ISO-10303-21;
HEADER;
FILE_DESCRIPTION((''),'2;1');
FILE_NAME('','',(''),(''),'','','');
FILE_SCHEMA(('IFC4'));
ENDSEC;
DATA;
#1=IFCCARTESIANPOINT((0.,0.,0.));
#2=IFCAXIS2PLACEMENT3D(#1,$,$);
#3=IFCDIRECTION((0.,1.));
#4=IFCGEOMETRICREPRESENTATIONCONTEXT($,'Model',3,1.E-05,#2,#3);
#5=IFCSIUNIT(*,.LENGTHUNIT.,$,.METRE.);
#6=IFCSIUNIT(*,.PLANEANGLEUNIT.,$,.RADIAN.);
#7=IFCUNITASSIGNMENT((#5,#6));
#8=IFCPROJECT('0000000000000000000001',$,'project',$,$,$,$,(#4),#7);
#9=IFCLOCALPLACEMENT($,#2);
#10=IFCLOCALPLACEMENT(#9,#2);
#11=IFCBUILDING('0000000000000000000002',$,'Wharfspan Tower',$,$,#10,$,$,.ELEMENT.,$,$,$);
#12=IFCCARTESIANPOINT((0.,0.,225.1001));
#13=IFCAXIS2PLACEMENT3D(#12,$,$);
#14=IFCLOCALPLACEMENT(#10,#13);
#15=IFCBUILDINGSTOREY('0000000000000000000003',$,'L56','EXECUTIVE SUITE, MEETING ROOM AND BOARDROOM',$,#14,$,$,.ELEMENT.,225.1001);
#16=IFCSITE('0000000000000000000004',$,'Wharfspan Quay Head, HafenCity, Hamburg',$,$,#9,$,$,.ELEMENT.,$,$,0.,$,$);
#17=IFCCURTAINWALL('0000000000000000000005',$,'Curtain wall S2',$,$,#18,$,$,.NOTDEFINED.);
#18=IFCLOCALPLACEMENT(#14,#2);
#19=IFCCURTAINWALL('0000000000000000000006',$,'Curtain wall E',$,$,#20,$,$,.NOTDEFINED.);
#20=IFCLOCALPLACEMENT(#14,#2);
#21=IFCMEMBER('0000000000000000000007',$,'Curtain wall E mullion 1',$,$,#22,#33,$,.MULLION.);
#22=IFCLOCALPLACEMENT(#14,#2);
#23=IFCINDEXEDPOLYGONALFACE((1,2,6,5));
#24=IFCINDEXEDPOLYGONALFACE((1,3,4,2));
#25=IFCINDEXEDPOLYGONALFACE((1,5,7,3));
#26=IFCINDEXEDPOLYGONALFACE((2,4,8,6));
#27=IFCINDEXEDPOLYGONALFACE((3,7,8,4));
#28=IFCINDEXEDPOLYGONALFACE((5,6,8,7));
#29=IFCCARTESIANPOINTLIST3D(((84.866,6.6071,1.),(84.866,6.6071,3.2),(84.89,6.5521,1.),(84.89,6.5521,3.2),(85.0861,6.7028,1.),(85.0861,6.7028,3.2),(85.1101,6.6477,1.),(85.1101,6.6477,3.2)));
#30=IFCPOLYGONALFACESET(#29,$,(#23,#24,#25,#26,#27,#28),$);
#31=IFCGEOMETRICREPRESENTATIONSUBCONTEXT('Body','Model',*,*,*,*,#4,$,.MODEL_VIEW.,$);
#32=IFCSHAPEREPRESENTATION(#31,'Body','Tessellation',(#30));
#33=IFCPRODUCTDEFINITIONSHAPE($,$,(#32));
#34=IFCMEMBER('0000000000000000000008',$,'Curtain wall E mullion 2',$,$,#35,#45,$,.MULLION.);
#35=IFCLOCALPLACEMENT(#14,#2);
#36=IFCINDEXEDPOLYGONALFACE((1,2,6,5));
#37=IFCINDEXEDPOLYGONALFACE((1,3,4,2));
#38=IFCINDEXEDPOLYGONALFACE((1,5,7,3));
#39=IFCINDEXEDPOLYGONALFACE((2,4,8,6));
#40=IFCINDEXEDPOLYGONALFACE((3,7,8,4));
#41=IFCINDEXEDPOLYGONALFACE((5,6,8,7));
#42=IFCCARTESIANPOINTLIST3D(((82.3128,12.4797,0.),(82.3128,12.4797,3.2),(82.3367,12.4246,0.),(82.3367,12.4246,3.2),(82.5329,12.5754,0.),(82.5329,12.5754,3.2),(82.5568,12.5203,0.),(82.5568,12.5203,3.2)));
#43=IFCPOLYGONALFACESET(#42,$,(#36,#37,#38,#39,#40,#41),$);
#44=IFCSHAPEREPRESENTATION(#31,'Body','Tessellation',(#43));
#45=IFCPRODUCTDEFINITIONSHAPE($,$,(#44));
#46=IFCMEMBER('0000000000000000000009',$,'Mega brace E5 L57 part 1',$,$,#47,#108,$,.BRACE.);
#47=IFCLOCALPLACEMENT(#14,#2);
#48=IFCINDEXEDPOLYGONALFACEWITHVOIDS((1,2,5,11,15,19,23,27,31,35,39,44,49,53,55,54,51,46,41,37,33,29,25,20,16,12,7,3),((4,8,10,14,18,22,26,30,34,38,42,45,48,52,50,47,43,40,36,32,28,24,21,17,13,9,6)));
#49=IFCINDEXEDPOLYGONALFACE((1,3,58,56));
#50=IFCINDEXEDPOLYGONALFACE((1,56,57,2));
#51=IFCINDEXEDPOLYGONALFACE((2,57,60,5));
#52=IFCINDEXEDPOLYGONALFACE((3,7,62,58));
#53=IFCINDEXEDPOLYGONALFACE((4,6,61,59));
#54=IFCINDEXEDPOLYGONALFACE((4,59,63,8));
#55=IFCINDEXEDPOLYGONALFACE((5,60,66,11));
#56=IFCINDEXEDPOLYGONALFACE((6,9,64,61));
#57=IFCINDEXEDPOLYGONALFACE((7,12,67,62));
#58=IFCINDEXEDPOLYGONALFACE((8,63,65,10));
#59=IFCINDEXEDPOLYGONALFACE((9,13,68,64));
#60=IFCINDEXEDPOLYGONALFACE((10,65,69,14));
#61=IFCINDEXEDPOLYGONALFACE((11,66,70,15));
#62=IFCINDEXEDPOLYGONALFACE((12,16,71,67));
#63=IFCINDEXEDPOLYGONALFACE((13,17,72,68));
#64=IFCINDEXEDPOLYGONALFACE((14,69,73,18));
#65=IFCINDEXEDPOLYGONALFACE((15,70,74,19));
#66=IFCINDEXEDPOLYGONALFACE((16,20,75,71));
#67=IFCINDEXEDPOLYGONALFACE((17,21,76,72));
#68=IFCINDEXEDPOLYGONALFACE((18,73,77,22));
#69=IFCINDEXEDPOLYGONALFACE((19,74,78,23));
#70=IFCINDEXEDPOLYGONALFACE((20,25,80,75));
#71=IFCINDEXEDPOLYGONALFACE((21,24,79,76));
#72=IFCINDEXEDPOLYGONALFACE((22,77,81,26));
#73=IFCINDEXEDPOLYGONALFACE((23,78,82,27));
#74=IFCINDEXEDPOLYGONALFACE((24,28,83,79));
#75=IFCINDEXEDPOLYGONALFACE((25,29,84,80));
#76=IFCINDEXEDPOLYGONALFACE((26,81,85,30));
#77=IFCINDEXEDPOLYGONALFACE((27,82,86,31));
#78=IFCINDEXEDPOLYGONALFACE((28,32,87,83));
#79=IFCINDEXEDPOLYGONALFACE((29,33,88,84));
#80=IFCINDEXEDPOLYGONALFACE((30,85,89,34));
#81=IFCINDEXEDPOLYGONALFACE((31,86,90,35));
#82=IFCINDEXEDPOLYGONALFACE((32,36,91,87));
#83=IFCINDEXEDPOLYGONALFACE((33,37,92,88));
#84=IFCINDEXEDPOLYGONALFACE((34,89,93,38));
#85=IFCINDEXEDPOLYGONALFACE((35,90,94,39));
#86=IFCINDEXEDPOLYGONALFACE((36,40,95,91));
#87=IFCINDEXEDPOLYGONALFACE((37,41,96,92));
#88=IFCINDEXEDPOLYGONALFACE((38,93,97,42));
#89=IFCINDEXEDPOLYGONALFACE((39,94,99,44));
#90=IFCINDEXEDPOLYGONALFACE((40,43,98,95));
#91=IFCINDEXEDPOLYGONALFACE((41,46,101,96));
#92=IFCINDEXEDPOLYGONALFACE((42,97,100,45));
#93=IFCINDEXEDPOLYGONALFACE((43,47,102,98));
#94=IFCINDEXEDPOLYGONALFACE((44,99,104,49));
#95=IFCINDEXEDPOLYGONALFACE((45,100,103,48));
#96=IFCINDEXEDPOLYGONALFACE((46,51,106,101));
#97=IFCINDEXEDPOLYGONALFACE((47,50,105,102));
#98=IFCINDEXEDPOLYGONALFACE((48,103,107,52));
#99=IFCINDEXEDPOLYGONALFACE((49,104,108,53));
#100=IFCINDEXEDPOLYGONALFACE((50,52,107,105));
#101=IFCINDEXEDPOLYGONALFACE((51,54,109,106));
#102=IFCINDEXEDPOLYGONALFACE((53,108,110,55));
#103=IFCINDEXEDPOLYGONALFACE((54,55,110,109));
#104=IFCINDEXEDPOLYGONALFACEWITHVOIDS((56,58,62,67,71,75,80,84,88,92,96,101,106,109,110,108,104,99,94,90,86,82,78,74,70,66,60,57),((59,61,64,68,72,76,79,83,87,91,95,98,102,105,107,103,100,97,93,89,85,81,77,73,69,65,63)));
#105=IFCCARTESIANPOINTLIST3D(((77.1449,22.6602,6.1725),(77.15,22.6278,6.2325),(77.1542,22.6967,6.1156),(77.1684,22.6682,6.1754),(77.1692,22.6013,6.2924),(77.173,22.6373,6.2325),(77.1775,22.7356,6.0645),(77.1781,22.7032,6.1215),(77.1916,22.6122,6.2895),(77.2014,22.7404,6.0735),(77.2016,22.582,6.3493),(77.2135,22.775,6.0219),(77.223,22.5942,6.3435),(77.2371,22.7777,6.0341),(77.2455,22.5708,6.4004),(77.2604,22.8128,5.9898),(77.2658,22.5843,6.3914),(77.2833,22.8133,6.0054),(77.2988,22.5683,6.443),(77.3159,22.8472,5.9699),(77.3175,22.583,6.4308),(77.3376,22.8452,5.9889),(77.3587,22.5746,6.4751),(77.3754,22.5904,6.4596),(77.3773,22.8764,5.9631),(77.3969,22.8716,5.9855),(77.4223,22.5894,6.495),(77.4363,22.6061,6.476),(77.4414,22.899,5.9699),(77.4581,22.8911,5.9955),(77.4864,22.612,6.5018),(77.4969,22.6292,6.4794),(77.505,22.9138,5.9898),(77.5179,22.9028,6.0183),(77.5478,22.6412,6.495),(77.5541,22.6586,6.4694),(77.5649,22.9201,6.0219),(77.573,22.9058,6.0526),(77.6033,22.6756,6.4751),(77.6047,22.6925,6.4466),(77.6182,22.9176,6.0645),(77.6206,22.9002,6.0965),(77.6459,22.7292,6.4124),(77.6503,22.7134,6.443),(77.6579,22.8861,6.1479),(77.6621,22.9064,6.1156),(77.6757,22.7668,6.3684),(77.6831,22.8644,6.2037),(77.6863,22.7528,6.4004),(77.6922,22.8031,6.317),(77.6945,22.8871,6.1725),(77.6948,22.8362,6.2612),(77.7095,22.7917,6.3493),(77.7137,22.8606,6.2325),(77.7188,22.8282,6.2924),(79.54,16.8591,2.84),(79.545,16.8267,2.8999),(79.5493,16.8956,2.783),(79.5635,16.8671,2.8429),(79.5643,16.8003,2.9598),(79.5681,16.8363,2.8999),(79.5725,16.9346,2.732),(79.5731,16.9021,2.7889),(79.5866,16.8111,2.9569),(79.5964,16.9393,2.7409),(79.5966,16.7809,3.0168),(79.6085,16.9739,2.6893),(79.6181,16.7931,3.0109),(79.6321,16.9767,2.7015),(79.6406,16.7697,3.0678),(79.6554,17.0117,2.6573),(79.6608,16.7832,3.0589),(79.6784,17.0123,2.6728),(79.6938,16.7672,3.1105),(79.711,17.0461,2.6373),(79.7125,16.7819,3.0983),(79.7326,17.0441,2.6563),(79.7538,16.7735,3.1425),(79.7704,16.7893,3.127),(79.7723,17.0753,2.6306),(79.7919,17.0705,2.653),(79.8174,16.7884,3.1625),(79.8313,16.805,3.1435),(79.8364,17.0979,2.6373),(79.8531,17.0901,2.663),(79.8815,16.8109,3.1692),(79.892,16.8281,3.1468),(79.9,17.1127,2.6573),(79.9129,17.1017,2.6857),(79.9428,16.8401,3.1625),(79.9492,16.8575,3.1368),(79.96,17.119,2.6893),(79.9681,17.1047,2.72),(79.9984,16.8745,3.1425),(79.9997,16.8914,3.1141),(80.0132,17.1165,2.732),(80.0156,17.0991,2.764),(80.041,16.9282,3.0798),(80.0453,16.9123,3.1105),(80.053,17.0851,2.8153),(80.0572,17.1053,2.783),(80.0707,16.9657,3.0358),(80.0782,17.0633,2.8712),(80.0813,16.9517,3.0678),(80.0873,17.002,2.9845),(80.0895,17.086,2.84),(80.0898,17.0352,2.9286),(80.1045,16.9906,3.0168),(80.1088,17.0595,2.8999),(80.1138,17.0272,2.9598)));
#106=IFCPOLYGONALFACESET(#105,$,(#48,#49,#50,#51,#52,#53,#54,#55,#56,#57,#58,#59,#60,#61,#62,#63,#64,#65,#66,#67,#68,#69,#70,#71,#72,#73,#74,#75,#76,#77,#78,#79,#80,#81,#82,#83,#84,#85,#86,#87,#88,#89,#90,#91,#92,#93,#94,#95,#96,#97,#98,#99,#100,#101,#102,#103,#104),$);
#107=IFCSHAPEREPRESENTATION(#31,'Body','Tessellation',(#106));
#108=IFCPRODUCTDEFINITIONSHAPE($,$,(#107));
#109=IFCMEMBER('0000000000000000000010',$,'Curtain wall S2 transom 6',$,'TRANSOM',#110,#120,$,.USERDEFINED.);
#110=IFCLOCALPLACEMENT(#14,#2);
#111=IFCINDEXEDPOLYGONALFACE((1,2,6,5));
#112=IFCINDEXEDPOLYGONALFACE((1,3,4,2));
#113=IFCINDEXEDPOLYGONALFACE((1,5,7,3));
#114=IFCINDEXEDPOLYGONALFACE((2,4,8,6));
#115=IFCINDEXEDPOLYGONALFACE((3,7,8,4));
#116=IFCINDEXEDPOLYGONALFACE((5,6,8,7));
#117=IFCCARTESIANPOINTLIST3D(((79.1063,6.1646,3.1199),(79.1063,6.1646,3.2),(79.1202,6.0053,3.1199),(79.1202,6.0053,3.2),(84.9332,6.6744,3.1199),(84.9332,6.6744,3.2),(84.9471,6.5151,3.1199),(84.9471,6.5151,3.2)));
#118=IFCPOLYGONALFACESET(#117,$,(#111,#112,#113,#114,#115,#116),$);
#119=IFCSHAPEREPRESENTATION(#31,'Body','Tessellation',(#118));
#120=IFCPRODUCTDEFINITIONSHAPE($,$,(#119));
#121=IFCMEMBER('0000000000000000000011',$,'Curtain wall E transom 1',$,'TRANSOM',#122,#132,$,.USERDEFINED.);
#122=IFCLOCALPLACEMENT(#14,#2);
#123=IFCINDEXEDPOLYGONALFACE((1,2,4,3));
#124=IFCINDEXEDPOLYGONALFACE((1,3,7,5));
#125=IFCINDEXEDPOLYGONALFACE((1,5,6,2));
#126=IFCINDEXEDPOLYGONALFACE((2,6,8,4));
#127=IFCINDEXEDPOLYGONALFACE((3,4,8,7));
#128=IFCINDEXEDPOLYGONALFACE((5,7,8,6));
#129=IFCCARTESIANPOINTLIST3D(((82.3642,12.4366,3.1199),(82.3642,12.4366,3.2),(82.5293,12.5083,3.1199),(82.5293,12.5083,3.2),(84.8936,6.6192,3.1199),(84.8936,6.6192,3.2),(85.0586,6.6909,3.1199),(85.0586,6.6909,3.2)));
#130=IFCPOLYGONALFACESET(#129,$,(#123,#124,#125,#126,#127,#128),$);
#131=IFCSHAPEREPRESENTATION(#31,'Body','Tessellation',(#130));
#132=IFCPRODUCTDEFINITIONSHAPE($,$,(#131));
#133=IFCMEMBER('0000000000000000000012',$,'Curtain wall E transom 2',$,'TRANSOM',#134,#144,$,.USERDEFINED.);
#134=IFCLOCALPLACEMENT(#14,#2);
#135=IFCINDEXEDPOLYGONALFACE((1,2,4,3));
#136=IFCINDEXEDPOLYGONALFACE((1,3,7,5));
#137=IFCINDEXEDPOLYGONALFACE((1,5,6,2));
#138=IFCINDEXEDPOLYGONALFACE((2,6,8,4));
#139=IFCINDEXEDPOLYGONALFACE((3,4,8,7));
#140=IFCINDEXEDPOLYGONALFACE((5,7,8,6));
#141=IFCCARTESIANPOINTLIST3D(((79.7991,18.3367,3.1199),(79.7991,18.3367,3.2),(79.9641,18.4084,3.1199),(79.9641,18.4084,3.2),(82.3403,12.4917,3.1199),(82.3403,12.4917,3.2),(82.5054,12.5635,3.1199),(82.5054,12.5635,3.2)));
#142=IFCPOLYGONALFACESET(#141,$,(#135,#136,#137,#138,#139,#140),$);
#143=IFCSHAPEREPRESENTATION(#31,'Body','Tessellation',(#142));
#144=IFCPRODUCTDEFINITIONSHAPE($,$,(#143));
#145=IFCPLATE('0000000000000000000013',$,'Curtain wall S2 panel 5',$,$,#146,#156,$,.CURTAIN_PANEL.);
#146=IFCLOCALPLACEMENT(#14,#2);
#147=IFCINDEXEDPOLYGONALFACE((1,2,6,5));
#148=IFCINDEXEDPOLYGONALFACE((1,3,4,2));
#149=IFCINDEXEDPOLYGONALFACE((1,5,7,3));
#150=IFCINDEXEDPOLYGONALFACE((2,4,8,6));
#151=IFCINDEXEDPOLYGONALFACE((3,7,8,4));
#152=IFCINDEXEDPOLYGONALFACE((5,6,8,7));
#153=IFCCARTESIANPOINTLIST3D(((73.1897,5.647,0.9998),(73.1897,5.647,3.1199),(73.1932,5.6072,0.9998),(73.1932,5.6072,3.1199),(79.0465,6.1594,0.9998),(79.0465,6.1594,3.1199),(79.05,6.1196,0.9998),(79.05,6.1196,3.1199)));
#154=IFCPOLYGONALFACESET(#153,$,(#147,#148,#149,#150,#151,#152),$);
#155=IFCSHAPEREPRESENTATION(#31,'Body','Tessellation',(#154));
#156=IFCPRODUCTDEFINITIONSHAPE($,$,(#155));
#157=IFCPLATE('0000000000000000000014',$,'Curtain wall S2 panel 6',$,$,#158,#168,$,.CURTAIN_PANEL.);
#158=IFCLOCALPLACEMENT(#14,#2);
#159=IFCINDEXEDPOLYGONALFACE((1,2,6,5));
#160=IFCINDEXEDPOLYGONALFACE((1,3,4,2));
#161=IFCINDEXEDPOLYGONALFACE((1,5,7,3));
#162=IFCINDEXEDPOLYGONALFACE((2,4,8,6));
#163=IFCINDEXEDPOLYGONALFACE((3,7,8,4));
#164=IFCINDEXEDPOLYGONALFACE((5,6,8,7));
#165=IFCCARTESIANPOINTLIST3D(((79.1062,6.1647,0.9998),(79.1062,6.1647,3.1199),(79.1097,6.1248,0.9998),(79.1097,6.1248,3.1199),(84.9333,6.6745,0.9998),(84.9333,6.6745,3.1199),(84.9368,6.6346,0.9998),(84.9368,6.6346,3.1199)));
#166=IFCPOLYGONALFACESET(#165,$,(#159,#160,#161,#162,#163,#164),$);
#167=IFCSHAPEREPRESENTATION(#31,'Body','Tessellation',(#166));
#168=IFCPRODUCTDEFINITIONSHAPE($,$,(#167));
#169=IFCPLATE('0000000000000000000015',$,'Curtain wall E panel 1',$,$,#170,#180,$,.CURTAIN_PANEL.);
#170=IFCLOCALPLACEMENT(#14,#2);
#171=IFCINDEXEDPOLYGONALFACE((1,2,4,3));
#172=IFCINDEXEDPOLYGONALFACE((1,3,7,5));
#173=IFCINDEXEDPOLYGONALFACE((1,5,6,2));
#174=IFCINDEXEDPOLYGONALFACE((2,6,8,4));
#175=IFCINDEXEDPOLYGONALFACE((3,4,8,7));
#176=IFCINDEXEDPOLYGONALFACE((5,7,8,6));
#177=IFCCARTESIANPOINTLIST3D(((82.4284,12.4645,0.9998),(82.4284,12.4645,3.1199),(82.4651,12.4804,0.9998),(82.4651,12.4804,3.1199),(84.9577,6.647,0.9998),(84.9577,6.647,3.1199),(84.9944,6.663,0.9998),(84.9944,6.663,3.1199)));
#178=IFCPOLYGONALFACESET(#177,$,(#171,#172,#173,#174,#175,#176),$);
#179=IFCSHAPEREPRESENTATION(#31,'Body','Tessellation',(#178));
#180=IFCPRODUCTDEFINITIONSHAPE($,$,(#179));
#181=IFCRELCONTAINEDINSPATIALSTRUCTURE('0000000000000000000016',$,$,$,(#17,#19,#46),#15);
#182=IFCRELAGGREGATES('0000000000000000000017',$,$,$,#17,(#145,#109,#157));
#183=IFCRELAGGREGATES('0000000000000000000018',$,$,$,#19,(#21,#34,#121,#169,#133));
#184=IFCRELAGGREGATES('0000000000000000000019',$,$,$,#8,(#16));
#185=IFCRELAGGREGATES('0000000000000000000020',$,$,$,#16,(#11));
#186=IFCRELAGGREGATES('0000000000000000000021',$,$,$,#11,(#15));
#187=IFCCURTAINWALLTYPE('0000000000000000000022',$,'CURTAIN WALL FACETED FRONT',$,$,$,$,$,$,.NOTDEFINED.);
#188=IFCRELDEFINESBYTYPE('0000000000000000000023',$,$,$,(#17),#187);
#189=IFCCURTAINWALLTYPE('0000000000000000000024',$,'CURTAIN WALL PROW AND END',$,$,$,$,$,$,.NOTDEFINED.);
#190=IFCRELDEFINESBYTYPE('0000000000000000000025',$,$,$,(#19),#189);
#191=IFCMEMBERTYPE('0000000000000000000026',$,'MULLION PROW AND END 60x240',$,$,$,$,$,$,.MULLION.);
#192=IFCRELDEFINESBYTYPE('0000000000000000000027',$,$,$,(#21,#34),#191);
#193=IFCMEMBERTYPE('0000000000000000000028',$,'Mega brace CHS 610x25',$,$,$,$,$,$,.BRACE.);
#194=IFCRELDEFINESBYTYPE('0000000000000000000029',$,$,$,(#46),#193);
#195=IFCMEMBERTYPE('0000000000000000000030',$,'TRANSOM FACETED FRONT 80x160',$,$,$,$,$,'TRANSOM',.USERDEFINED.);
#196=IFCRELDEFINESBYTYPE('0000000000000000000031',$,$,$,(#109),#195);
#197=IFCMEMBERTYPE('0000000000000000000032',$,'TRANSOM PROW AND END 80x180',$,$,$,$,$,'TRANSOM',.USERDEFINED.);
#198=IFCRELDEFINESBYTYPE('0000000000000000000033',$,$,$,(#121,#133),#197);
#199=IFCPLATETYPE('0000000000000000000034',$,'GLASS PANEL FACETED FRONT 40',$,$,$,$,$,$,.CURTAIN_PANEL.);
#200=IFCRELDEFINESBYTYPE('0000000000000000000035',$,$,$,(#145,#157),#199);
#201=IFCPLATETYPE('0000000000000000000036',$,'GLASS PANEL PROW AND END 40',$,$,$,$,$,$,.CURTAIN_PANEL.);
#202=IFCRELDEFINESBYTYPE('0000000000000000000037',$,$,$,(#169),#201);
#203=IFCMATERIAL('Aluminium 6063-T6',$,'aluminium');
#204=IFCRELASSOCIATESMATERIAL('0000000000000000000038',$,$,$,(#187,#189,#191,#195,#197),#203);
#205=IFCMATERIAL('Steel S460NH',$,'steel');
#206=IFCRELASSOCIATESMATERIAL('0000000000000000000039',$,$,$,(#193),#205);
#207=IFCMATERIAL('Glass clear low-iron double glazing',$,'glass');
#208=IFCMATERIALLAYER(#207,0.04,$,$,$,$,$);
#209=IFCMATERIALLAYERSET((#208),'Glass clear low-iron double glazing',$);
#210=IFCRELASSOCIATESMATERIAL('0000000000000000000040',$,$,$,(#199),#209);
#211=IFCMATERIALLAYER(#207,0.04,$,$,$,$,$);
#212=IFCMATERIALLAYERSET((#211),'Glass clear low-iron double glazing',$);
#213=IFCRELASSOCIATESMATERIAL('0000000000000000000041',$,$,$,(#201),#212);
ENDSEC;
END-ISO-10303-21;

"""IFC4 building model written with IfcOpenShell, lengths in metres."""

from ifc_helpers import new_model, si_unit, direction, frame, origin, origin_2d, place, context, subcontext, project, spatial, rectangle, hollow_circle, extrude, material, layer, layer_set, material_profile, profile_set, type_object, element, aggregate, save


model = new_model("IFC4")

# Units and contexts
model_context = context("Model", 3, precision=1e-05, world=origin(), true_north=direction((0.0, 1.0)))
body_context = subcontext(model_context, "Body", "Model", "MODEL_VIEW")
ifc_project = project(units=[si_unit("LENGTHUNIT", "METRE"), si_unit("PLANEANGLEUNIT", "RADIAN")], contexts=[model_context])

# Site, building, storey
site_placement = place(None, origin())
site = spatial("IfcSite", under=ifc_project, at=site_placement, Name="Wharfspan Quay Head, HafenCity, Hamburg", CompositionType="ELEMENT", RefElevation=0.0)
building_placement = place(site_placement, origin())
building = spatial("IfcBuilding", under=site, at=building_placement, Name="Wharfspan Tower", CompositionType="ELEMENT")
storey_placement = place(building_placement, frame((0.0, 0.0, 225.1001)))
storey = spatial("IfcBuildingStorey", under=building, at=storey_placement, Name="L56", Description="EXECUTIVE SUITE, MEETING ROOM AND BOARDROOM", CompositionType="ELEMENT", Elevation=225.1001)

# Curtain walls, members
ifc_material_1 = material(Name="Aluminium 6063-T6", Category="aluminium")
curtain_wall_type_1 = type_object("IfcCurtainWallType", Name="CURTAIN WALL FACETED FRONT", PredefinedType="NOTDEFINED", material=ifc_material_1)
curtain_wall_1_placement = place(storey_placement, origin())
curtain_wall_1 = element("IfcCurtainWall", 1, at=curtain_wall_1_placement, inside=storey, type_object=curtain_wall_type_1, Name="Curtain wall S2", PredefinedType="NOTDEFINED")
curtain_wall_type_2 = type_object("IfcCurtainWallType", Name="CURTAIN WALL PROW AND END", PredefinedType="NOTDEFINED", material=ifc_material_1)
curtain_wall_2_placement = place(storey_placement, origin())
curtain_wall_2 = element("IfcCurtainWall", 2, at=curtain_wall_2_placement, inside=storey, type_object=curtain_wall_type_2, Name="Curtain wall E", PredefinedType="NOTDEFINED")
ifc_material_profile_1 = material_profile(ifc_material_1, rectangle(XDim=0.24, YDim=0.0601, at=origin_2d()))
ifc_profile_set_1 = profile_set([ifc_material_profile_1], Name="Aluminium 6063-T6")
member_type_1 = type_object("IfcMemberType", Name="MULLION PROW AND END 60x240", PredefinedType="MULLION", material=ifc_profile_set_1)
member_1_placement = place(storey_placement, frame((84.988, 6.6274, 1.0), z_axis=(0.0, 0.0, 1.0), x_axis=(-0.917072, -0.398727, 0.0)))
member_1 = element("IfcMember", 3, at=member_1_placement, type_object=member_type_1, Name="Curtain wall E mullion 1", PredefinedType="MULLION", context=body_context, shape_type="SweptSolid", body=[
    extrude(rectangle(XDim=0.24, YDim=0.0601, at=origin_2d()), origin(), (0.0, 0.0, 1.0), 2.2),
])
member_2_placement = place(storey_placement, frame((82.4348, 12.5, 0.0), z_axis=(0.0, 0.0, 1.0), x_axis=(-0.917072, -0.398727, 0.0)))
member_2 = element("IfcMember", 4, at=member_2_placement, type_object=member_type_1, Name="Curtain wall E mullion 2", PredefinedType="MULLION", context=body_context, shape_type="SweptSolid", body=[
    extrude(rectangle(XDim=0.24, YDim=0.0601, at=origin_2d()), origin(), (0.0, 0.0, 1.0), 3.2),
])

# Members
ifc_material_2 = material(Name="Steel S460NH", Category="steel")
ifc_material_profile_2 = material_profile(ifc_material_2, hollow_circle(Radius=0.3049, WallThickness=0.0249, at=origin_2d()))
ifc_profile_set_2 = profile_set([ifc_material_profile_2], Name="Steel S460NH")
member_type_2 = type_object("IfcMemberType", Name="Mega brace CHS 610x25", PredefinedType="BRACE", material=ifc_profile_set_2)
member_3_placement = place(storey_placement, frame((79.8269, 16.9431, 2.8999), z_axis=(-0.337047, 0.816368, 0.46898), x_axis=(-0.924317, -0.381615, 0.0)))
element("IfcMember", 5, at=member_3_placement, inside=storey, type_object=member_type_2, Name="Mega brace E5 L57 part 1", PredefinedType="BRACE", context=body_context, shape_type="SweptSolid", body=[
    extrude(hollow_circle(Radius=0.3049, WallThickness=0.0249, at=origin_2d()), origin(), (0.0, 0.0, 1.0), 7.106),
])
ifc_material_profile_3 = material_profile(ifc_material_1, rectangle(XDim=0.1599, YDim=0.0801, at=origin_2d()))
ifc_profile_set_3 = profile_set([ifc_material_profile_3], Name="Aluminium 6063-T6")
member_type_3 = type_object("IfcMemberType", Name="TRANSOM FACETED FRONT 80x160", ElementType="TRANSOM", PredefinedType="USERDEFINED", material=ifc_profile_set_3)
member_4_placement = place(storey_placement, frame((79.1133, 6.085, 3.1599), z_axis=(0.996195, 0.087152, 0.0), x_axis=(-0.087152, 0.996195, 0.0)))
member_4 = element("IfcMember", 6, at=member_4_placement, type_object=member_type_3, Name="Curtain wall S2 transom 6", ObjectType="TRANSOM", PredefinedType="USERDEFINED", context=body_context, shape_type="SweptSolid", body=[
    extrude(rectangle(XDim=0.1599, YDim=0.0801, at=origin_2d()), origin(), (0.0, 0.0, 1.0), 5.8491),
])
ifc_material_profile_4 = material_profile(ifc_material_1, rectangle(XDim=0.1799, YDim=0.0801, at=origin_2d()))
ifc_profile_set_4 = profile_set([ifc_material_profile_4], Name="Aluminium 6063-T6")
member_type_4 = type_object("IfcMemberType", Name="TRANSOM PROW AND END 80x180", ElementType="TRANSOM", PredefinedType="USERDEFINED", material=ifc_profile_set_4)
member_5_placement = place(storey_placement, frame((84.9761, 6.655, 3.1599), z_axis=(-0.398726, 0.91707, 0.0), x_axis=(-0.91707, -0.398726, 0.0)))
member_5 = element("IfcMember", 7, at=member_5_placement, type_object=member_type_4, Name="Curtain wall E transom 1", ObjectType="TRANSOM", PredefinedType="USERDEFINED", context=body_context, shape_type="SweptSolid", body=[
    extrude(rectangle(XDim=0.1799, YDim=0.0801, at=origin_2d()), origin(), (0.0, 0.0, 1.0), 6.3435),
])
member_6_placement = place(storey_placement, frame((82.4229, 12.5276, 3.1599), z_axis=(-0.398722, 0.917072, 0.0), x_axis=(-0.917072, -0.398722, 0.0)))
member_6 = element("IfcMember", 8, at=member_6_placement, type_object=member_type_4, Name="Curtain wall E transom 2", ObjectType="TRANSOM", PredefinedType="USERDEFINED", context=body_context, shape_type="SweptSolid", body=[
    extrude(rectangle(XDim=0.1799, YDim=0.0801, at=origin_2d()), origin(), (0.0, 0.0, 1.0), 6.3735),
])

# Plates
ifc_material_3 = material(Name="Glass clear low-iron double glazing", Category="glass")
ifc_layer_1 = layer(ifc_material_3, 0.04)
ifc_layer_set_1 = layer_set([ifc_layer_1], Name="Glass clear low-iron double glazing")
plate_type_1 = type_object("IfcPlateType", Name="GLASS PANEL FACETED FRONT 40", PredefinedType="CURTAIN_PANEL", material=ifc_layer_set_1)
plate_1_placement = place(storey_placement, frame((76.1199, 5.8833, 0.9998), z_axis=(0.0, 0.0, 1.0), x_axis=(0.996197, 0.087156, 0.0)))
plate_1 = element("IfcPlate", 9, at=plate_1_placement, type_object=plate_type_1, Name="Curtain wall S2 panel 5", PredefinedType="CURTAIN_PANEL", context=body_context, shape_type="SweptSolid", body=[
    extrude(rectangle(XDim=5.8792, YDim=0.04, at=origin_2d()), origin(), (0.0, 0.0, 1.0), 2.1201),
])
plate_2_placement = place(storey_placement, frame((82.0215, 6.3997, 0.9998), z_axis=(0.0, 0.0, 1.0), x_axis=(0.996197, 0.087156, 0.0)))
plate_2 = element("IfcPlate", 10, at=plate_2_placement, type_object=plate_type_1, Name="Curtain wall S2 panel 6", PredefinedType="CURTAIN_PANEL", context=body_context, shape_type="SweptSolid", body=[
    extrude(rectangle(XDim=5.8494, YDim=0.04, at=origin_2d()), origin(), (0.0, 0.0, 1.0), 2.1201),
])
aggregate(curtain_wall_1, [plate_1, member_4, plate_2])
ifc_layer_2 = layer(ifc_material_3, 0.04)
ifc_layer_set_2 = layer_set([ifc_layer_2], Name="Glass clear low-iron double glazing")
plate_type_2 = type_object("IfcPlateType", Name="GLASS PANEL PROW AND END 40", PredefinedType="CURTAIN_PANEL", material=ifc_layer_set_2)
plate_3_placement = place(storey_placement, frame((83.7114, 9.5637, 0.9998), z_axis=(0.0, 0.0, 1.0), x_axis=(-0.398727, 0.917072, 0.0)))
plate_3 = element("IfcPlate", 11, at=plate_3_placement, type_object=plate_type_2, Name="Curtain wall E panel 1", PredefinedType="CURTAIN_PANEL", context=body_context, shape_type="SweptSolid", body=[
    extrude(rectangle(XDim=6.3435, YDim=0.04, at=origin_2d()), origin(), (0.0, 0.0, 1.0), 2.1201),
])
aggregate(curtain_wall_2, [member_1, member_2, member_5, plate_3, member_6])

save(model, "model.ifc")
